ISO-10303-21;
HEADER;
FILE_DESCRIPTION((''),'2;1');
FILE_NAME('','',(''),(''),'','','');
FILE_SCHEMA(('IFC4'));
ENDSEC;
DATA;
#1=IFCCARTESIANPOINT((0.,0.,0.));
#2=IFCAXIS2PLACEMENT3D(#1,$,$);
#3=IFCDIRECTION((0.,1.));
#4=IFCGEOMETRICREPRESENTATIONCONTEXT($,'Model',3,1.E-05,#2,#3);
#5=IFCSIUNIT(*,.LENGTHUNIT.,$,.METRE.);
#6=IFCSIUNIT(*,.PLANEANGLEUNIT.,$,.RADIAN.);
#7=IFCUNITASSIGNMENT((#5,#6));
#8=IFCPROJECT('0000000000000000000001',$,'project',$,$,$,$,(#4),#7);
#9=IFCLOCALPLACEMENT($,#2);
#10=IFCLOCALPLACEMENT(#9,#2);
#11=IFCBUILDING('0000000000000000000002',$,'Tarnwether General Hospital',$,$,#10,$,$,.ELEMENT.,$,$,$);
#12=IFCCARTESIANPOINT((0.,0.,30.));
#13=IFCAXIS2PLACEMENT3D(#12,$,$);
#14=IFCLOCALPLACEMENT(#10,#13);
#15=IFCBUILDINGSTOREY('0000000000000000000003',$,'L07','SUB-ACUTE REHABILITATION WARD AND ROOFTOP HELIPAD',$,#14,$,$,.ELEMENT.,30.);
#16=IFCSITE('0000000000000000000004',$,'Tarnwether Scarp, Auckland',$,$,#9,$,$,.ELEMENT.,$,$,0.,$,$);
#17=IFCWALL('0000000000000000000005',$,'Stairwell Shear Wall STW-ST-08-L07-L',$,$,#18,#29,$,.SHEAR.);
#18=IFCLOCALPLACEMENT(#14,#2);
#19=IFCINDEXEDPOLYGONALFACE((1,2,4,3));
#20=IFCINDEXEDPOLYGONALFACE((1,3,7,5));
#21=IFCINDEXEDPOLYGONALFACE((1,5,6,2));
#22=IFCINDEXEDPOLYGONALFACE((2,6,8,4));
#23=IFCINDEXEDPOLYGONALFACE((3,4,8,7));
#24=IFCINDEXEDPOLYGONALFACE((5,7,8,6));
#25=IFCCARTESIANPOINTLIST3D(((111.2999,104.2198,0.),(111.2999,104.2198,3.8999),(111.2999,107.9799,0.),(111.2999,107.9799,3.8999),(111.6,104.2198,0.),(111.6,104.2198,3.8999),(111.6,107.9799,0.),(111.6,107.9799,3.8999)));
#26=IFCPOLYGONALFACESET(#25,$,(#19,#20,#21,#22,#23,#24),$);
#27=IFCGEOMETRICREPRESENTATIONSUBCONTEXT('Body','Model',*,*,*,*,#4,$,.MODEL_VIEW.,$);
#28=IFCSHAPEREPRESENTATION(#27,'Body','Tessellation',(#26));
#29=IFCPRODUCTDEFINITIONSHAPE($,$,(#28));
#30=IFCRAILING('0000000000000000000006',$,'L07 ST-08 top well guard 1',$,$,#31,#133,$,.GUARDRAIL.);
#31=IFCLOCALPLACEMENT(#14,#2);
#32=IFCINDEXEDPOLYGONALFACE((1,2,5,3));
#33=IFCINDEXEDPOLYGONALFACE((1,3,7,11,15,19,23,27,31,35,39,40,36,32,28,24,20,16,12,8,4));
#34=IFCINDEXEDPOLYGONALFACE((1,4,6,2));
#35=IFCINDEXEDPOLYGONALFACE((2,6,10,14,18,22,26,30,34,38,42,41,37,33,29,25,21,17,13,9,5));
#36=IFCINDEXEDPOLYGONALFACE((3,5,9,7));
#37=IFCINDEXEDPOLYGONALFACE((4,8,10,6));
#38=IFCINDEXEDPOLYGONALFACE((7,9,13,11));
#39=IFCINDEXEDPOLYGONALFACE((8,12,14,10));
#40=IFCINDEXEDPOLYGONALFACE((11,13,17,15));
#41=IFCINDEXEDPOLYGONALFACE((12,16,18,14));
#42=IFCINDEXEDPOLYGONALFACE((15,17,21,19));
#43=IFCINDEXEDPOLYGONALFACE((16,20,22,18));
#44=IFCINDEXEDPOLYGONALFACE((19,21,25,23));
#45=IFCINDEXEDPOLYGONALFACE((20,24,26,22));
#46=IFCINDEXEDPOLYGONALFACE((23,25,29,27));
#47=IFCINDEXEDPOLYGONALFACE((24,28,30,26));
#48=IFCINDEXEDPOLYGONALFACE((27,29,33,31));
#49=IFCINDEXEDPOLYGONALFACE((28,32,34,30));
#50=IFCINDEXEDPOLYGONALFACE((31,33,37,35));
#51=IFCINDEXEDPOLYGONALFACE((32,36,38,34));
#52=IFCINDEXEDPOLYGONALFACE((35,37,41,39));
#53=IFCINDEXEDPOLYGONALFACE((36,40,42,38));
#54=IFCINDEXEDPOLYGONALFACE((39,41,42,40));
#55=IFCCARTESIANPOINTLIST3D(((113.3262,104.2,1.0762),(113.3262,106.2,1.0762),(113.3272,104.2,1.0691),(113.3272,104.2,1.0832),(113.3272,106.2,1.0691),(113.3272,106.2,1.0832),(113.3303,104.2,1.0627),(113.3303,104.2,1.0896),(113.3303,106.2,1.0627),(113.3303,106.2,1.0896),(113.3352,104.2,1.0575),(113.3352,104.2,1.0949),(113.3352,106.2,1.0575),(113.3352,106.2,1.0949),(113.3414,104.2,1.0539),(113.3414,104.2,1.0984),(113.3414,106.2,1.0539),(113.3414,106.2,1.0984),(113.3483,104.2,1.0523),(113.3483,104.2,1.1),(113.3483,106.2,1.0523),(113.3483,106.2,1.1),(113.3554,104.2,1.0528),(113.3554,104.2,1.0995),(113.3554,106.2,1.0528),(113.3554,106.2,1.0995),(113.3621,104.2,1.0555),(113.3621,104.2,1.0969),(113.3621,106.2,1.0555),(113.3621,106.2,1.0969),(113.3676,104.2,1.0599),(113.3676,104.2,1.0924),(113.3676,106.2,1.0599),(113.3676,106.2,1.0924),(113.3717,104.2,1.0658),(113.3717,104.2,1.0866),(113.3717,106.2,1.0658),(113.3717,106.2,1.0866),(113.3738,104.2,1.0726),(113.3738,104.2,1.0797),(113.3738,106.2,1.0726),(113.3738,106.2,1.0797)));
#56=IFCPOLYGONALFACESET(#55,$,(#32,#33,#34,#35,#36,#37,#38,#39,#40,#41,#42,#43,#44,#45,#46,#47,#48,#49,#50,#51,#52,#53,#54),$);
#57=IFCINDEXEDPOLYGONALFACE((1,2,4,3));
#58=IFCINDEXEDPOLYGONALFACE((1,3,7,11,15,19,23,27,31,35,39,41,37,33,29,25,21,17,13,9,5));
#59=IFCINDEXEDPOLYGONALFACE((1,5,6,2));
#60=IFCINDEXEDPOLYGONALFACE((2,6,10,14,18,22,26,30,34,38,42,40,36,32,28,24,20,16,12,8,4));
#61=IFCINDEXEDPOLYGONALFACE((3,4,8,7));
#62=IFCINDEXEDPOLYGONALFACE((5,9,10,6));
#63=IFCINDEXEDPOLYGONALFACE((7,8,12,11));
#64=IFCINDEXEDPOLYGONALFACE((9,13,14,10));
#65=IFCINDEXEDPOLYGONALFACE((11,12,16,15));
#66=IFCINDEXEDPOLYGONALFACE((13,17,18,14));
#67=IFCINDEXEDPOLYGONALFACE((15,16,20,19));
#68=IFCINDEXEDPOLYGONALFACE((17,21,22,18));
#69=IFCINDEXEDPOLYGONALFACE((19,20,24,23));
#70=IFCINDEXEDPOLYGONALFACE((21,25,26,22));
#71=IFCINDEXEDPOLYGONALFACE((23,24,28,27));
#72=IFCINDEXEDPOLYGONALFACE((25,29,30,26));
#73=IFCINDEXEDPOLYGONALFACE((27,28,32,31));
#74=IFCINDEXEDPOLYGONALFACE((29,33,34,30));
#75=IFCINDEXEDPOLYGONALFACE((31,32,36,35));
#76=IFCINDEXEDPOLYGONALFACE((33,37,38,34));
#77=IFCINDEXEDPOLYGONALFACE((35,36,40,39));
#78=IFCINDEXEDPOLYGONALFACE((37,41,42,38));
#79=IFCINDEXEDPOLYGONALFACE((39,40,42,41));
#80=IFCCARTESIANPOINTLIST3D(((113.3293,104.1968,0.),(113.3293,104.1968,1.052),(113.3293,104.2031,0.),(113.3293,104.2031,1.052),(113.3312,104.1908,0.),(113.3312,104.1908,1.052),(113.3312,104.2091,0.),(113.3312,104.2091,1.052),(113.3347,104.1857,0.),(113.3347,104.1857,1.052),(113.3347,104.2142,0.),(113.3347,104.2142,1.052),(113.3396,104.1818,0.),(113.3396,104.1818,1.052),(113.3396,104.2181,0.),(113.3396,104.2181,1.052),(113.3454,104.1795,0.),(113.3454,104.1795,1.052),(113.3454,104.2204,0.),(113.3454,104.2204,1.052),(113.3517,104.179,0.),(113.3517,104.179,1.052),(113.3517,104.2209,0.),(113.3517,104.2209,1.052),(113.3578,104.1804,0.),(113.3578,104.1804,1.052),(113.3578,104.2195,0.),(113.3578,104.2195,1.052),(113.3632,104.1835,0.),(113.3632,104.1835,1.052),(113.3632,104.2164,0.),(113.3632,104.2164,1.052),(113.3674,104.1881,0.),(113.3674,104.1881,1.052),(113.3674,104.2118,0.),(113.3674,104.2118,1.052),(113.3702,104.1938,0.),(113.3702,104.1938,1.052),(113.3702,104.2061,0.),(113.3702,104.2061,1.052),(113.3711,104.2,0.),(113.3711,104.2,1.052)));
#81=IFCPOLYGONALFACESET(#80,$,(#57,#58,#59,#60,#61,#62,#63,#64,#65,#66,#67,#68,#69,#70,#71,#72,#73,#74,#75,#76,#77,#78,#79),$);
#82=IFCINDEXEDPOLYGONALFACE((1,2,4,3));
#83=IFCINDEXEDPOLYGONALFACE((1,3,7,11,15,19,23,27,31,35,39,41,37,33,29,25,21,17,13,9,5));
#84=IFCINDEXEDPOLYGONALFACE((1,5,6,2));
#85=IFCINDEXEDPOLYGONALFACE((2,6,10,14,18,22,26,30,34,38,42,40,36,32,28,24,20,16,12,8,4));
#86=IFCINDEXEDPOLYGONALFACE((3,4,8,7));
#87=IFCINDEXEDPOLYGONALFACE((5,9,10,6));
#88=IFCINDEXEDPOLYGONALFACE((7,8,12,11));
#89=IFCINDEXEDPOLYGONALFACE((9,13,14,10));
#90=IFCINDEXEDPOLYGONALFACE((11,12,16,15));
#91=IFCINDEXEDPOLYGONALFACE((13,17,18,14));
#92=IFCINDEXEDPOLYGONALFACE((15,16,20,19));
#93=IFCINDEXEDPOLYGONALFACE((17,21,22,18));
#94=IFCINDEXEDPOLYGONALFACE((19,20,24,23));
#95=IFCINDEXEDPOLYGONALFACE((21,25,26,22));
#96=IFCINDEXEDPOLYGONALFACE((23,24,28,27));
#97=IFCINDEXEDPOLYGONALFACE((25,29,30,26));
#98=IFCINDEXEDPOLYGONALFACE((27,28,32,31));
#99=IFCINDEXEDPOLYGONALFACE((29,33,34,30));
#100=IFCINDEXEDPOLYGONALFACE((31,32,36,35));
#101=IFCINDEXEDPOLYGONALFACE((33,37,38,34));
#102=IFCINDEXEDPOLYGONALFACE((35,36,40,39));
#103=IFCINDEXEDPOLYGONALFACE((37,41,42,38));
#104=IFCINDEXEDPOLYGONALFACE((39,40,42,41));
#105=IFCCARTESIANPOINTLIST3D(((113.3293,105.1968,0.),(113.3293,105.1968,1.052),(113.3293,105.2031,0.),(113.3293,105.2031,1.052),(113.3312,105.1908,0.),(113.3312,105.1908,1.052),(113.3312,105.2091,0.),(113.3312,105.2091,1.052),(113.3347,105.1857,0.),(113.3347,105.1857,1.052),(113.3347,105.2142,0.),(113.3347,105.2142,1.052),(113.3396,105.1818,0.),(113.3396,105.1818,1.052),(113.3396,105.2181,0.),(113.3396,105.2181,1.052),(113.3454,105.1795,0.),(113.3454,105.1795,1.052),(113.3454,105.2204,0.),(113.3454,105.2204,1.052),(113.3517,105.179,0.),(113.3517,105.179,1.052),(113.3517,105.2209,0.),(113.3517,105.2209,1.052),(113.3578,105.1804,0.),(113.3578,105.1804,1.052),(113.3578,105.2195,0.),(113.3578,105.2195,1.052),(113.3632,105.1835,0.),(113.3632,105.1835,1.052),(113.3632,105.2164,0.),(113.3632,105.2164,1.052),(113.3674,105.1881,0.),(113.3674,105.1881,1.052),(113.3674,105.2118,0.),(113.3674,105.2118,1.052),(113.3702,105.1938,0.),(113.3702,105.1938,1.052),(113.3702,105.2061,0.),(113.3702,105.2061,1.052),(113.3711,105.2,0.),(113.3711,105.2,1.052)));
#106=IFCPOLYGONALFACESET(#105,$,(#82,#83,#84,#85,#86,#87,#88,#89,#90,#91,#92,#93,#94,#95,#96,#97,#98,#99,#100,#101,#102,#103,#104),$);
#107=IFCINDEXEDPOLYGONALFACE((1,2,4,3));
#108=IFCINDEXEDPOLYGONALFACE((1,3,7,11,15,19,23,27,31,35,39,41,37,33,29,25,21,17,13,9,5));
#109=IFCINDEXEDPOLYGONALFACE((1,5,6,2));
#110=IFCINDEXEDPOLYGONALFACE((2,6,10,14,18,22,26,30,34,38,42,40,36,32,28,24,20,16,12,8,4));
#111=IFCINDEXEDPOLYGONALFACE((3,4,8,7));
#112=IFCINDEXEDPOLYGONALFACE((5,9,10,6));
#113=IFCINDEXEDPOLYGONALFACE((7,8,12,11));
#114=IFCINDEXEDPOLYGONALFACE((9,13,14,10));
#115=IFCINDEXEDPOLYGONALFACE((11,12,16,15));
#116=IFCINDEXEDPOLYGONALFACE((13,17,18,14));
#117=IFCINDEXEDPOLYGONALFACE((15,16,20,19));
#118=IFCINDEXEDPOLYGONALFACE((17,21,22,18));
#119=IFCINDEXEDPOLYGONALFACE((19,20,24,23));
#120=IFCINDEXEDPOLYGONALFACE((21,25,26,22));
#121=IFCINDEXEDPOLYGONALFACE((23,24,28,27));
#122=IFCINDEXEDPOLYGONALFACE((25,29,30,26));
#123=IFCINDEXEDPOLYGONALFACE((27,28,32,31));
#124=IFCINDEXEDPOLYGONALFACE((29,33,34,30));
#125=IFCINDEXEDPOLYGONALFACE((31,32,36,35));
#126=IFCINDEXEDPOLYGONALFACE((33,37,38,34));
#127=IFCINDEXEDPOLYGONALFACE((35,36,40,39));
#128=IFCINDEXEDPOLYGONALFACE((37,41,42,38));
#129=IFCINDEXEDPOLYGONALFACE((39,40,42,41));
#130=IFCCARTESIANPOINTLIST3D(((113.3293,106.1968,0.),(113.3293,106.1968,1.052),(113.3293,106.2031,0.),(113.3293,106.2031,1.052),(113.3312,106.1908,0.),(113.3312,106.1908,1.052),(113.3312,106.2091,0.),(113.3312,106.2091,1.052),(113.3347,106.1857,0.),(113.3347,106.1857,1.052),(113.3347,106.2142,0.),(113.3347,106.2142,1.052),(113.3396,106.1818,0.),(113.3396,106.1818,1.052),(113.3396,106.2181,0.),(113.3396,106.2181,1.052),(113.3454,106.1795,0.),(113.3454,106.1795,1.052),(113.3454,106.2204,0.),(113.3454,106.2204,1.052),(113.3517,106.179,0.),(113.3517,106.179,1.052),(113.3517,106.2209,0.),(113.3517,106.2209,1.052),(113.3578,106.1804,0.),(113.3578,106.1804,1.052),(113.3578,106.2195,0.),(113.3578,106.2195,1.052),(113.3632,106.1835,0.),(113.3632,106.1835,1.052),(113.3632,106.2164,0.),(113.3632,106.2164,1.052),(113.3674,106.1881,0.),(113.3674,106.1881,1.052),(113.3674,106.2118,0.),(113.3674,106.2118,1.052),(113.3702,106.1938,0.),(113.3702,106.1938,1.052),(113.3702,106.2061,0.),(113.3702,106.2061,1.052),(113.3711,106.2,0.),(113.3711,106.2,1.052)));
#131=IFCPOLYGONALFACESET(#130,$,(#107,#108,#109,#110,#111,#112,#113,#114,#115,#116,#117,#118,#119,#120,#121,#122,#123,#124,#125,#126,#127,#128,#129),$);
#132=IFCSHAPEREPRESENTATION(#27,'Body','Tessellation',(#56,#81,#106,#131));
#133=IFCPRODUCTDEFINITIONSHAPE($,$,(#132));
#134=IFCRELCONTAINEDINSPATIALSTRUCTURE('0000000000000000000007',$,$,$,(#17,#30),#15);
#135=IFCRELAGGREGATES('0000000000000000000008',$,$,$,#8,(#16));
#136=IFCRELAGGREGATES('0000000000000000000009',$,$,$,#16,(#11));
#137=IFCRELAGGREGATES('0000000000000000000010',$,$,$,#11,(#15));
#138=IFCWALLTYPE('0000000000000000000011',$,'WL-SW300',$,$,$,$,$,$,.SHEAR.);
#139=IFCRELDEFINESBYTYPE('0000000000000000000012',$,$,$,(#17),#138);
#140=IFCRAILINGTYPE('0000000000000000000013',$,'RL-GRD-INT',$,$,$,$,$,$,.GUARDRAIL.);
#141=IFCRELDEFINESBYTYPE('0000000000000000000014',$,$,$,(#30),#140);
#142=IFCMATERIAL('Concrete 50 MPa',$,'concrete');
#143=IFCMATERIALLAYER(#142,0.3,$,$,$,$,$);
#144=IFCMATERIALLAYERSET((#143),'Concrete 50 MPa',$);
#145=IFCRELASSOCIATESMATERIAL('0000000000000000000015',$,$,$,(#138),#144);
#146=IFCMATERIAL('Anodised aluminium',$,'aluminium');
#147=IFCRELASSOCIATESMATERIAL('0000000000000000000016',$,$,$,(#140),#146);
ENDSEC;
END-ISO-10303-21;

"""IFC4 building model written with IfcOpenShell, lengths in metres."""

from ifc_helpers import new_model, si_unit, direction, frame, frame_2d, origin, origin_2d, place, context, subcontext, project, spatial, rectangle, circle, extrude, material, layer, layer_set, type_object, element, save


model = new_model("IFC4")

# Units and contexts
model_context = context("Model", 3, precision=1e-05, world=origin(), true_north=direction((0.0, 1.0)))
body_context = subcontext(model_context, "Body", "Model", "MODEL_VIEW")
ifc_project = project(units=[si_unit("LENGTHUNIT", "METRE"), si_unit("PLANEANGLEUNIT", "RADIAN")], contexts=[model_context])

# Site, building, storey
site_placement = place(None, origin())
site = spatial("IfcSite", under=ifc_project, at=site_placement, Name="Tarnwether Scarp, Auckland", CompositionType="ELEMENT", RefElevation=0.0)
building_placement = place(site_placement, origin())
building = spatial("IfcBuilding", under=site, at=building_placement, Name="Tarnwether General Hospital", CompositionType="ELEMENT")
storey_placement = place(building_placement, frame((0.0, 0.0, 30.0)))
storey = spatial("IfcBuildingStorey", under=building, at=storey_placement, Name="L07", Description="SUB-ACUTE REHABILITATION WARD AND ROOFTOP HELIPAD", CompositionType="ELEMENT", Elevation=30.0)

# Shared definitions
ifc_material_1 = material(Name="Concrete 50 MPa", Category="concrete")
ifc_layer_1 = layer(ifc_material_1, 0.3)
ifc_layer_set_1 = layer_set([ifc_layer_1], Name="Concrete 50 MPa")
wall_type_1 = type_object("IfcWallType", Name="WL-SW300", PredefinedType="SHEAR", material=ifc_layer_set_1)

# Wall
wall_1_placement = place(storey_placement, frame((111.45, 104.22, 0.0), z_axis=(0.0, 0.0, 1.0), x_axis=(0.0, 1.0, 0.0)))
element("IfcWall", 1, at=wall_1_placement, inside=storey, type_object=wall_type_1, Name="Stairwell Shear Wall STW-ST-08-L07-L", PredefinedType="SHEAR", context=body_context, shape_type="SweptSolid", body=[
    extrude(rectangle(XDim=3.76, YDim=0.3, at=frame_2d((1.8799, 0.0))), origin(), (0.0, 0.0, 1.0), 3.8999),
])

# Railing
ifc_material_2 = material(Name="Anodised aluminium", Category="aluminium")
railing_type = type_object("IfcRailingType", Name="RL-GRD-INT", PredefinedType="GUARDRAIL", material=ifc_material_2)
railing_placement = place(storey_placement, frame((113.3501, 104.2, 0.0)))
element("IfcRailing", 2, at=railing_placement, inside=storey, type_object=railing_type, Name="L07 ST-08 top well guard 1", PredefinedType="GUARDRAIL", context=body_context, shape_type="SweptSolid", body=[
    extrude(circle(Radius=0.0239, at=origin_2d()), frame((0.0, 0.0, 1.0762), z_axis=(0.0, 1.0, 0.0), x_axis=(-1.0, 0.0, 0.0)), (0.0, 0.0, 1.0), 2.0),
    extrude(circle(Radius=0.021, at=origin_2d()), origin(), (0.0, 0.0, 1.0), 1.052),
    extrude(circle(Radius=0.021, at=origin_2d()), frame((0.0, 1.0, 0.0)), (0.0, 0.0, 1.0), 1.052),
    extrude(circle(Radius=0.021, at=origin_2d()), frame((0.0, 2.0, 0.0)), (0.0, 0.0, 1.0), 1.052),
])

save(model, "model.ifc")
